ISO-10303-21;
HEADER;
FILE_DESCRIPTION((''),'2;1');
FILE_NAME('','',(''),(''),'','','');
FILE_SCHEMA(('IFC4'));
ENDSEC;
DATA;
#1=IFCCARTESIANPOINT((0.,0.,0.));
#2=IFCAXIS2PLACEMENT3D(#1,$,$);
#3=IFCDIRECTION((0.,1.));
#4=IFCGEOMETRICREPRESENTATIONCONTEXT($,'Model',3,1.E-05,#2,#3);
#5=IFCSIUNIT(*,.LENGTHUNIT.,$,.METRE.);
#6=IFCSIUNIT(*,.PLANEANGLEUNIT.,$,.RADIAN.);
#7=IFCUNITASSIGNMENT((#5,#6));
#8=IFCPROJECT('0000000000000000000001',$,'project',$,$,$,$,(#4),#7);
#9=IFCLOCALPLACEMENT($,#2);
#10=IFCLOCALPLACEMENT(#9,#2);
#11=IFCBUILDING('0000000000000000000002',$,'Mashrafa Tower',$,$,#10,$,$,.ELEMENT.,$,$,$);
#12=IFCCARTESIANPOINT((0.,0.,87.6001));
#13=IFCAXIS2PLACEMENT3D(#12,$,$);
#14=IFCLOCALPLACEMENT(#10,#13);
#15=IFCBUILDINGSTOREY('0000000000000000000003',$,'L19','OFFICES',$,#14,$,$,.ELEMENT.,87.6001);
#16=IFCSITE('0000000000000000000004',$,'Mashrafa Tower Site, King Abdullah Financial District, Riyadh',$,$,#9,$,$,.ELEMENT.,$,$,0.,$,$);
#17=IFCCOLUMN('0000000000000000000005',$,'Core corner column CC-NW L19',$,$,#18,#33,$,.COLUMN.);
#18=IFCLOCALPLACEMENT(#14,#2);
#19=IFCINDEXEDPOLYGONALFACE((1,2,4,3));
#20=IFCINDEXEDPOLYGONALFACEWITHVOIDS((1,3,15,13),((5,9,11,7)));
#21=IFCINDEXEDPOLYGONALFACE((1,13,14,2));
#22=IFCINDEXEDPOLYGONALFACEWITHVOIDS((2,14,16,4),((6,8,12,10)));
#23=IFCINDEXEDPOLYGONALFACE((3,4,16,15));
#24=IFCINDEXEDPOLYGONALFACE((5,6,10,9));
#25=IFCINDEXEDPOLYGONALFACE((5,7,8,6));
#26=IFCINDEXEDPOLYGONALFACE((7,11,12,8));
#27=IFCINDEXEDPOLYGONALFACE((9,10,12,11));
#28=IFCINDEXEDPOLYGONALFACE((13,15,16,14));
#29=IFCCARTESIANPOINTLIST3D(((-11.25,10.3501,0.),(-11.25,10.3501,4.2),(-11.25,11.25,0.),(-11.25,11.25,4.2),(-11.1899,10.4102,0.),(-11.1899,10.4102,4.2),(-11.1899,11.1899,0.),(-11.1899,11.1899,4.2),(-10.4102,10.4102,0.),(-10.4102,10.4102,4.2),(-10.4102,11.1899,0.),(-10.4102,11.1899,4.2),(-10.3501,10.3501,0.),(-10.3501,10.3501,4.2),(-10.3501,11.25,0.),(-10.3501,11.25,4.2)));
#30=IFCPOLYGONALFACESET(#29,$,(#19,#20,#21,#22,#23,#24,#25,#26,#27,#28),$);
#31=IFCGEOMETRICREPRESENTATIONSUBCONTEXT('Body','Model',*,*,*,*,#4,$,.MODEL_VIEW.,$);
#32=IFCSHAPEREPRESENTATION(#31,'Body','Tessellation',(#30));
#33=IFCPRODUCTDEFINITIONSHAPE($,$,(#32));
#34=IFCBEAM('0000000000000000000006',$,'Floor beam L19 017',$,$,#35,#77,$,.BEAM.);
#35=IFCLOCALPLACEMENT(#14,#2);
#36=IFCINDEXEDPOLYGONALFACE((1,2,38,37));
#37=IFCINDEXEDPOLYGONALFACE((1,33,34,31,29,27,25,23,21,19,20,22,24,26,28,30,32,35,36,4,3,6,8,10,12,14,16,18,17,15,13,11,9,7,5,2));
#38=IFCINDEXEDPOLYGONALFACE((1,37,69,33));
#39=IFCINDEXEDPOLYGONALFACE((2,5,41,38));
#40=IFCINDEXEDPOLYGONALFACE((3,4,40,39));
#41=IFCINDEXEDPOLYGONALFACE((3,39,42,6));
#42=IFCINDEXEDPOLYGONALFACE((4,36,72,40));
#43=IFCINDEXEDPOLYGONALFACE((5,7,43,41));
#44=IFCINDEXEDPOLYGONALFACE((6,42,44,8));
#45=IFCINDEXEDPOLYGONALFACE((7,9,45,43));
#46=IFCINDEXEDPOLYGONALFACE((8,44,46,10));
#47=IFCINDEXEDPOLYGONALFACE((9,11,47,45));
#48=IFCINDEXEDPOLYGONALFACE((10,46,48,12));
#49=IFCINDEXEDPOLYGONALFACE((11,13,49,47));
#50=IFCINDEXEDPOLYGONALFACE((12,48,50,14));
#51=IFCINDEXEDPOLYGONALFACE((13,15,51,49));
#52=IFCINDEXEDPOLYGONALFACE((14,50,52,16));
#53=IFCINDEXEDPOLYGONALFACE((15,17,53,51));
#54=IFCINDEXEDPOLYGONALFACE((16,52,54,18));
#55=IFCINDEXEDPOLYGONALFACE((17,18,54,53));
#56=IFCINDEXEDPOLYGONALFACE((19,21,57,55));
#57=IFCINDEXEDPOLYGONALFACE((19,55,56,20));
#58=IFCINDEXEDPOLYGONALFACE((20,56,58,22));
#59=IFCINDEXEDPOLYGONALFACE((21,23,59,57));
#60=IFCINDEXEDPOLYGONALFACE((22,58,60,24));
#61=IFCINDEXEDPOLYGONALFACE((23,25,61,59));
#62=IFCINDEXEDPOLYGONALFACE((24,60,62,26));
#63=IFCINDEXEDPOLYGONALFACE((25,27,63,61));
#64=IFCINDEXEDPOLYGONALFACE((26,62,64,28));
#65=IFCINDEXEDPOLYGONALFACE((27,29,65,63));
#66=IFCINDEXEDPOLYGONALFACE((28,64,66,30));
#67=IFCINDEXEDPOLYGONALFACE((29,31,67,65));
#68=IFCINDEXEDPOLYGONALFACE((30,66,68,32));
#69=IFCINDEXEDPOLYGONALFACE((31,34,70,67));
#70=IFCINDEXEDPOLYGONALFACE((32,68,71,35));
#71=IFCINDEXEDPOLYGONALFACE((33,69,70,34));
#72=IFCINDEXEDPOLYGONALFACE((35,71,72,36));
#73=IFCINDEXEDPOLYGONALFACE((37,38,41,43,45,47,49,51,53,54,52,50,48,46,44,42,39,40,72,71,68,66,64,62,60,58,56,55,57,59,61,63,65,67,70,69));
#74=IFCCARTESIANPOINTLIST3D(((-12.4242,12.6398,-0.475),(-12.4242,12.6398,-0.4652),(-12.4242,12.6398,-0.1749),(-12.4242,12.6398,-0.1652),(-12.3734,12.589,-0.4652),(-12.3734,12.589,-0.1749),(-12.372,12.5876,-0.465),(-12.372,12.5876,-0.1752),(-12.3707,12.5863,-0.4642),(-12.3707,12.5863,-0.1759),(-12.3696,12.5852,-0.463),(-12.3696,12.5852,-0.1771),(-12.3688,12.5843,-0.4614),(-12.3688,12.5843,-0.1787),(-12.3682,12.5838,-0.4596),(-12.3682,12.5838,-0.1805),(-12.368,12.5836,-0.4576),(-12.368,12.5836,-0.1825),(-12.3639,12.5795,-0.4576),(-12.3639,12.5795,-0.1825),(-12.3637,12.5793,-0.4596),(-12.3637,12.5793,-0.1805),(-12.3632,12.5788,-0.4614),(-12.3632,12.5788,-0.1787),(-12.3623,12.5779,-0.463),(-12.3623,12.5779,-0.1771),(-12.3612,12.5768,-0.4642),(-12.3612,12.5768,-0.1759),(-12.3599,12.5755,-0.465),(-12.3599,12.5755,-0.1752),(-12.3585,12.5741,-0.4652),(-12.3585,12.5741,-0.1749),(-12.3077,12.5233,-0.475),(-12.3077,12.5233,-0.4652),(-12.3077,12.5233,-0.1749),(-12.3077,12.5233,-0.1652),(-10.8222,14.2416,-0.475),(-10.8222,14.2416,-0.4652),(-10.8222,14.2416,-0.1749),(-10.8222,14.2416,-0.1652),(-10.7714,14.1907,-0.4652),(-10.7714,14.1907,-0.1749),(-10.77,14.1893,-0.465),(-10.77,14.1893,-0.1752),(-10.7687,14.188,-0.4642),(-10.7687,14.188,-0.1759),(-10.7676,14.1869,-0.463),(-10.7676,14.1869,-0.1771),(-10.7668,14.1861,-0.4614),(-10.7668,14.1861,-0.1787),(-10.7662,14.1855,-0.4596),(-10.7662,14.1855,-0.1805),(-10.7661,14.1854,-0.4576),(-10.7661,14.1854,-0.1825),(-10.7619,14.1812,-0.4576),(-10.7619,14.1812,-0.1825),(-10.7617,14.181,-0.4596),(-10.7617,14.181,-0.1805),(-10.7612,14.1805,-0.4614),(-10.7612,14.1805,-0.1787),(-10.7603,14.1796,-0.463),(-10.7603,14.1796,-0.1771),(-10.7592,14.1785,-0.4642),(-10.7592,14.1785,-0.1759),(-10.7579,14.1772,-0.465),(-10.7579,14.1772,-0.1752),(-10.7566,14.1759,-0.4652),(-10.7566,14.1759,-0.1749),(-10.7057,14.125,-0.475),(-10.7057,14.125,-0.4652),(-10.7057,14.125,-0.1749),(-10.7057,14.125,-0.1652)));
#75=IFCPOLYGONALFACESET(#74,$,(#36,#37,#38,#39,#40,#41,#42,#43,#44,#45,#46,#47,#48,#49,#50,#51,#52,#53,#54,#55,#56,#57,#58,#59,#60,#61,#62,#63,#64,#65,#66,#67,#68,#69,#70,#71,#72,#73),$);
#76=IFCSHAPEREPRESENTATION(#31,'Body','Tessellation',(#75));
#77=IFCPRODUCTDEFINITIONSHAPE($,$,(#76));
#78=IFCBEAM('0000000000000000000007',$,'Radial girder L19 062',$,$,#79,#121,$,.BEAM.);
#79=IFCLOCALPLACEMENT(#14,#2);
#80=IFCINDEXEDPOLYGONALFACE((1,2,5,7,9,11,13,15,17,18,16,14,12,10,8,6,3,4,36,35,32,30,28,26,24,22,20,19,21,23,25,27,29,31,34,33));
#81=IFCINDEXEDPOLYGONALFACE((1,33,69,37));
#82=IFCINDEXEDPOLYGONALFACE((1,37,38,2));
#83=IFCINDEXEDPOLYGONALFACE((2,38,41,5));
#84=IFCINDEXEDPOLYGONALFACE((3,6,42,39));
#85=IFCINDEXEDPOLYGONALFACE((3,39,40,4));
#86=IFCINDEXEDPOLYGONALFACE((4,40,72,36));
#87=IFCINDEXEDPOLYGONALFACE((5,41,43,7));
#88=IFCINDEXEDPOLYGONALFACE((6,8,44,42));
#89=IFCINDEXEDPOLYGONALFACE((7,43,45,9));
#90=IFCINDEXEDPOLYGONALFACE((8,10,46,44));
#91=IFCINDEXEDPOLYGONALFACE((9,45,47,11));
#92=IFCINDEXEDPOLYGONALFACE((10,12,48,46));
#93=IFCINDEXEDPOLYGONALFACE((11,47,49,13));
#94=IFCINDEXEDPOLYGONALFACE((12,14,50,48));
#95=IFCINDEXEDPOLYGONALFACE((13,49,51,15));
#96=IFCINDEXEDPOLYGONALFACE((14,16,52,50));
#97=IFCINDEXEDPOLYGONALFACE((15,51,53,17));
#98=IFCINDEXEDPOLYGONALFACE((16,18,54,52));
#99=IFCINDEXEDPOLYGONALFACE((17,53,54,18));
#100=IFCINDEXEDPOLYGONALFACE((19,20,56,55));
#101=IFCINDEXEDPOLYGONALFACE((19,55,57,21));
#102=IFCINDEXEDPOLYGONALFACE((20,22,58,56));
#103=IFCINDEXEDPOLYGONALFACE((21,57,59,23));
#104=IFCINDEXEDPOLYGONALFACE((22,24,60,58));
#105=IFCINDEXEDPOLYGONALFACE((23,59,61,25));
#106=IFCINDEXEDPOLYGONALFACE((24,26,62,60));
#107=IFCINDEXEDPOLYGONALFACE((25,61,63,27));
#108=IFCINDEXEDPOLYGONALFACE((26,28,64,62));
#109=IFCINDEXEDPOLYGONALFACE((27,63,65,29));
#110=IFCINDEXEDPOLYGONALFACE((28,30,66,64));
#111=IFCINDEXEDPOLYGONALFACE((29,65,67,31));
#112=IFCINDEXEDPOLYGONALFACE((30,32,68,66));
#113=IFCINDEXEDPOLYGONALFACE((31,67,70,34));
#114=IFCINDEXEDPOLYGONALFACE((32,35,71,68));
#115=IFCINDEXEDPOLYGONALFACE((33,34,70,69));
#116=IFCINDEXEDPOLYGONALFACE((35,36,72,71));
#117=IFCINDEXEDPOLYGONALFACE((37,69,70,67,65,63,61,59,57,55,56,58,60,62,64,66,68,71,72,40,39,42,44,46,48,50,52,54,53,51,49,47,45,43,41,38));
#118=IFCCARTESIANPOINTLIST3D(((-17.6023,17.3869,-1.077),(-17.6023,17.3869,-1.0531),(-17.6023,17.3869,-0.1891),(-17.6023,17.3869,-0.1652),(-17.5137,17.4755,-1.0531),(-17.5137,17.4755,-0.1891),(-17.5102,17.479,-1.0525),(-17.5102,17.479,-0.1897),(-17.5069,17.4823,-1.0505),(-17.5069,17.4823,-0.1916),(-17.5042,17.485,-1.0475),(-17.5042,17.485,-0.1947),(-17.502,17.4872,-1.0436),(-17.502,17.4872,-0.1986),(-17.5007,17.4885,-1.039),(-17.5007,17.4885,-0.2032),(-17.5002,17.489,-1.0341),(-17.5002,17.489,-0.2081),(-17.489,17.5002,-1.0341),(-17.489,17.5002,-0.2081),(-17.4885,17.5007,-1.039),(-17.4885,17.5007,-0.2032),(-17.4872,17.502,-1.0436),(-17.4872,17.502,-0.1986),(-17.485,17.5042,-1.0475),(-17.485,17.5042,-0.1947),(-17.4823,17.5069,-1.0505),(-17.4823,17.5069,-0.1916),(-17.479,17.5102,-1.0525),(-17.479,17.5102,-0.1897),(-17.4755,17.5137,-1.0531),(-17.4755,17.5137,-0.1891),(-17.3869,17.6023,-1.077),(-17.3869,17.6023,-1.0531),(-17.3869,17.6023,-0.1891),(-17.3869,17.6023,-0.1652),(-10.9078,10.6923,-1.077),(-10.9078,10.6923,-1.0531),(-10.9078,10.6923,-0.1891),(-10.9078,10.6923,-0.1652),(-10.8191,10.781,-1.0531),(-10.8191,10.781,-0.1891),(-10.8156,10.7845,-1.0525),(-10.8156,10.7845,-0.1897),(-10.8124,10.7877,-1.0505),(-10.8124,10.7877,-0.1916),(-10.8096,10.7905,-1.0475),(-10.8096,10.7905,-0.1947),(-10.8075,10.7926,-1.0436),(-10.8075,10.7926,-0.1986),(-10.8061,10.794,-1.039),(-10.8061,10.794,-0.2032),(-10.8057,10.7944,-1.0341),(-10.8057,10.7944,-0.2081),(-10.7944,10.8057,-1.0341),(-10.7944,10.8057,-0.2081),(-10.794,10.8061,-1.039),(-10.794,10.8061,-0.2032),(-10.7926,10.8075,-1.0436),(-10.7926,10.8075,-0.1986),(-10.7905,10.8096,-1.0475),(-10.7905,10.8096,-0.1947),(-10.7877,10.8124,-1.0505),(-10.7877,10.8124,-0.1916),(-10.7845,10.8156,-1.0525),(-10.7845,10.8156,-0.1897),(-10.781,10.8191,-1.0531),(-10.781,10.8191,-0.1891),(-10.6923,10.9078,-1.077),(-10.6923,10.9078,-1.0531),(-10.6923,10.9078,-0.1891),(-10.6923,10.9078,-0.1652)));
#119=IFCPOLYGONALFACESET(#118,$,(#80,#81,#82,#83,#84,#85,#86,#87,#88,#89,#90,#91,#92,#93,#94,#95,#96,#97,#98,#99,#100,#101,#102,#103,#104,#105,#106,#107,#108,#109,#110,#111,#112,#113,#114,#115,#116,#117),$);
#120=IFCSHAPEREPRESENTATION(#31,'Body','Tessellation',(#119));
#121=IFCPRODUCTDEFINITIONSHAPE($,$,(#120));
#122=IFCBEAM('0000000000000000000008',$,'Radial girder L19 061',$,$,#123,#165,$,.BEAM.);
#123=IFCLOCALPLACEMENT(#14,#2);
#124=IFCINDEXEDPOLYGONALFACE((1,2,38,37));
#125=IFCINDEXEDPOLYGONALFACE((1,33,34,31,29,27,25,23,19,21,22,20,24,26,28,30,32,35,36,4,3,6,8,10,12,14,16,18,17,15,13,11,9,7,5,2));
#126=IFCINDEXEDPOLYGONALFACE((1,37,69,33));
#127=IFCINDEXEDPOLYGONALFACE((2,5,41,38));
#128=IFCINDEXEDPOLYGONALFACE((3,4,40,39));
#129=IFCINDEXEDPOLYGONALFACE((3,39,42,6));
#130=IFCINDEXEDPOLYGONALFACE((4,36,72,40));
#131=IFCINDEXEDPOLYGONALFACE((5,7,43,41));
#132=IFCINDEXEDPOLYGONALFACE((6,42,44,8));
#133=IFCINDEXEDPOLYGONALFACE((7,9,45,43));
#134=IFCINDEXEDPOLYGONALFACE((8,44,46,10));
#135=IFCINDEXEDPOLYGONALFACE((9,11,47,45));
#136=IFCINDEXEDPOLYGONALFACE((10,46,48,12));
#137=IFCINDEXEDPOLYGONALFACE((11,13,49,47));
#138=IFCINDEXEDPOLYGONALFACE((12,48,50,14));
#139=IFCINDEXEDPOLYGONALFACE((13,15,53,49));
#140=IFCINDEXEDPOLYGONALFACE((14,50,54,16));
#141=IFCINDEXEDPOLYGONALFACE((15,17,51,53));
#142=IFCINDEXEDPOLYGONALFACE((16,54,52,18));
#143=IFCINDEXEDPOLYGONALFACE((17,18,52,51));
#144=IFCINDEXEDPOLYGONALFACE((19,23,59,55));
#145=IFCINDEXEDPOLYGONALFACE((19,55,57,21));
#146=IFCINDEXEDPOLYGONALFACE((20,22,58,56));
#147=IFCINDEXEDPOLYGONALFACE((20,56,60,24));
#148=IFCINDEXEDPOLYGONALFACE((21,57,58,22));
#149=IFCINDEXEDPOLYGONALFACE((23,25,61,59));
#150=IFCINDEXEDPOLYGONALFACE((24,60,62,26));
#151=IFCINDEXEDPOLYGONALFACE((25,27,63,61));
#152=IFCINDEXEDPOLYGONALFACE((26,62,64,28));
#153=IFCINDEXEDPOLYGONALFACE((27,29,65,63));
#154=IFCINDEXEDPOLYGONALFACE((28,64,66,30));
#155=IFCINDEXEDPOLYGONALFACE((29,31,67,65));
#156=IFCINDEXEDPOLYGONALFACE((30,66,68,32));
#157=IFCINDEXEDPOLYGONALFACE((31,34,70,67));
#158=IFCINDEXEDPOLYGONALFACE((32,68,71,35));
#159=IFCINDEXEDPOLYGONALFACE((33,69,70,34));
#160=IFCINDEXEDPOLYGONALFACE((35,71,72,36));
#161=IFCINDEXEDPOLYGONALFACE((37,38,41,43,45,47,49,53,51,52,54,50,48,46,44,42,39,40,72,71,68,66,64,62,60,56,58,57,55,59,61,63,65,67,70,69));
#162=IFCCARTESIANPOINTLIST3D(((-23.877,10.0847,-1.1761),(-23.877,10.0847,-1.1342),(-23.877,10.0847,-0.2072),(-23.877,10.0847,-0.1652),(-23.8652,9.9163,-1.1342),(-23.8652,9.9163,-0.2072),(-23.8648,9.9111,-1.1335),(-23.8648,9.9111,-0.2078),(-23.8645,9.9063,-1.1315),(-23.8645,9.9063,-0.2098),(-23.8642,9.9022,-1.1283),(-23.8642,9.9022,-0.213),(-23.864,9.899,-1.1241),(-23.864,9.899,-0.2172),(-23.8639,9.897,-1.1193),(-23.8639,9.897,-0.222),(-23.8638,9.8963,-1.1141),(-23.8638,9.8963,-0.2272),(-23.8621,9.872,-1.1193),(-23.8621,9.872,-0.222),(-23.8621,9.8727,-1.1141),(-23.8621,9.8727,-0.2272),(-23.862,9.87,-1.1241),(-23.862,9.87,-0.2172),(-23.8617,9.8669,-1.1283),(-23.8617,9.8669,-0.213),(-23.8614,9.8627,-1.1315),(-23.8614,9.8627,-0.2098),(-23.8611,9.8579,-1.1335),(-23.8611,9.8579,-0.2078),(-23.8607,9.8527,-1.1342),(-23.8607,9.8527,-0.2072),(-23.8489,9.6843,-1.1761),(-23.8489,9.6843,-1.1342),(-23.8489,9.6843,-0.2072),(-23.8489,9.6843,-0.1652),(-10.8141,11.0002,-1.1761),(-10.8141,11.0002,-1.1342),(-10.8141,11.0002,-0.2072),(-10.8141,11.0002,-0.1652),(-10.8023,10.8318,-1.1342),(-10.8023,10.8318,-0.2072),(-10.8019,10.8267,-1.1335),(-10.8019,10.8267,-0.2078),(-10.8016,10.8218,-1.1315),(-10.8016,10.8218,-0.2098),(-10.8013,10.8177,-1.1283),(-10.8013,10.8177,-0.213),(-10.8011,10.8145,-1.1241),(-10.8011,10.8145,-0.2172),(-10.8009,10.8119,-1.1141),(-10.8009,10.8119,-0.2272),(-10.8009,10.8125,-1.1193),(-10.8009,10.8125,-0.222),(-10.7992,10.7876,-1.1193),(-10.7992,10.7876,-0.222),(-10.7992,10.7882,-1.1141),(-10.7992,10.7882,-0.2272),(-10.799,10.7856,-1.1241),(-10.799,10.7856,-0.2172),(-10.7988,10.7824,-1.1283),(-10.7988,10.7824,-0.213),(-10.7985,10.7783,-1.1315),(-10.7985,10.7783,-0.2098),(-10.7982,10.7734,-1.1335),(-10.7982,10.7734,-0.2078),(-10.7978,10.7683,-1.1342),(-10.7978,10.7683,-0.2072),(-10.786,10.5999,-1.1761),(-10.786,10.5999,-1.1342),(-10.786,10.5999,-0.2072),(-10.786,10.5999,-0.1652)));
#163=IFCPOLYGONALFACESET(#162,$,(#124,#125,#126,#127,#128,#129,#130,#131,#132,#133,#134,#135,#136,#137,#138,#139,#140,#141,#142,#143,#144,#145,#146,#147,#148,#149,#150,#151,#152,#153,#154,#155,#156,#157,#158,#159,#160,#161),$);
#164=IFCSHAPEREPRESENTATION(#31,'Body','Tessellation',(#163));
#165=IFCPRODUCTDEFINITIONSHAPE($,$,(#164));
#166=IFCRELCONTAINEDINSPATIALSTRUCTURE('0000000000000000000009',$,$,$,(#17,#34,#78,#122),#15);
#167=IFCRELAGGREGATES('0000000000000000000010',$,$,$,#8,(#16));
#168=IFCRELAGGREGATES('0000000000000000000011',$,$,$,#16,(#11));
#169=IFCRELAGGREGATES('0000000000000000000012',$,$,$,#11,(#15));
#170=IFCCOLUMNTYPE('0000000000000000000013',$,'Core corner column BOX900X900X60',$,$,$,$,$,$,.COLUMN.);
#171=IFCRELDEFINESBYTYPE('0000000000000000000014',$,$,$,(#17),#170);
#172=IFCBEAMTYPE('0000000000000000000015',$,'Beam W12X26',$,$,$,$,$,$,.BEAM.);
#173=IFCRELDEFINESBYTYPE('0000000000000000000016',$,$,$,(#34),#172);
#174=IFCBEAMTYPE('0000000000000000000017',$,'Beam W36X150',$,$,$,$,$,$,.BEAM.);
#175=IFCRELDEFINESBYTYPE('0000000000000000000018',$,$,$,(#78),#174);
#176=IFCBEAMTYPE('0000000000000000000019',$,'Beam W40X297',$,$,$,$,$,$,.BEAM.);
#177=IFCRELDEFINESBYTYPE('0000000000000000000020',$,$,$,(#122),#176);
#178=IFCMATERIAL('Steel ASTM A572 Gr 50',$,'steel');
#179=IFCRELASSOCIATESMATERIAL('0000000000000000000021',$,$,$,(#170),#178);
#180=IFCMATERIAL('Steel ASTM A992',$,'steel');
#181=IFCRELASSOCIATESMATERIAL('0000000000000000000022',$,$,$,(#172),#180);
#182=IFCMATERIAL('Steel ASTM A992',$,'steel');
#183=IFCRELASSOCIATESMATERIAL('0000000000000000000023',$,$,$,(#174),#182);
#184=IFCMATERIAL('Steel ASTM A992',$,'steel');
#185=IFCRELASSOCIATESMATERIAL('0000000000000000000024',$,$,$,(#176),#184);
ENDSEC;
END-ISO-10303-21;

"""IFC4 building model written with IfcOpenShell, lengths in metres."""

from ifc_helpers import new_model, si_unit, direction, frame, origin, origin_2d, place, context, subcontext, project, spatial, hollow_rectangle, i_section, extrude, material, material_profile, profile_set, type_object, element, save


model = new_model("IFC4")

# Units and contexts
model_context = context("Model", 3, precision=1e-05, world=origin(), true_north=direction((0.0, 1.0)))
body_context = subcontext(model_context, "Body", "Model", "MODEL_VIEW")
ifc_project = project(units=[si_unit("LENGTHUNIT", "METRE"), si_unit("PLANEANGLEUNIT", "RADIAN")], contexts=[model_context])

# Site, building, storey
site_placement = place(None, origin())
site = spatial("IfcSite", under=ifc_project, at=site_placement, Name="Mashrafa Tower Site, King Abdullah Financial District, Riyadh", CompositionType="ELEMENT", RefElevation=0.0)
building_placement = place(site_placement, origin())
building = spatial("IfcBuilding", under=site, at=building_placement, Name="Mashrafa Tower", CompositionType="ELEMENT")
storey_placement = place(building_placement, frame((0.0, 0.0, 87.6001)))
storey = spatial("IfcBuildingStorey", under=building, at=storey_placement, Name="L19", Description="OFFICES", CompositionType="ELEMENT", Elevation=87.6001)

# Column
ifc_material_1 = material(Name="Steel ASTM A572 Gr 50", Category="steel")
ifc_material_profile_1 = material_profile(ifc_material_1, hollow_rectangle(XDim=0.8999, YDim=0.8999, WallThickness=0.0601, at=origin_2d()), Name="BOX900X900X60")
ifc_profile_set_1 = profile_set([ifc_material_profile_1], Name="Steel ASTM A572 Gr 50")
column_type = type_object("IfcColumnType", Name="Core corner column BOX900X900X60", PredefinedType="COLUMN", material=ifc_profile_set_1)
column_placement = place(storey_placement, frame((-10.8, 10.8, 0.0), z_axis=(0.0, 0.0, 1.0), x_axis=(1.0, 0.0, 0.0)))
element("IfcColumn", 1, at=column_placement, inside=storey, type_object=column_type, Name="Core corner column CC-NW L19", PredefinedType="COLUMN", context=body_context, shape_type="SweptSolid", body=[
    extrude(hollow_rectangle(XDim=0.8999, YDim=0.8999, WallThickness=0.0601, at=origin_2d()), origin(), (0.0, 0.0, 1.0), 4.2),
])

# Beams
ifc_material_2 = material(Name="Steel ASTM A992", Category="steel")
ifc_material_profile_2 = material_profile(ifc_material_2, i_section(OverallWidth=0.1648, OverallDepth=0.3098, WebThickness=0.0059, FlangeThickness=0.0098, FilletRadius=0.0076, at=origin_2d()), Name="W12X26")
ifc_profile_set_2 = profile_set([ifc_material_profile_2], Name="Steel ASTM A992")
beam_type_1 = type_object("IfcBeamType", Name="Beam W12X26", PredefinedType="BEAM", material=ifc_profile_set_2)
beam_1_placement = place(storey_placement, frame((-12.366, 12.5815, -0.3201), z_axis=(0.707161, 0.707053, 0.0), x_axis=(-0.707053, 0.707161, 0.0)))
element("IfcBeam", 2, at=beam_1_placement, inside=storey, type_object=beam_type_1, Name="Floor beam L19 017", PredefinedType="BEAM", context=body_context, shape_type="SweptSolid", body=[
    extrude(i_section(OverallWidth=0.1648, OverallDepth=0.3098, WebThickness=0.0059, FlangeThickness=0.0098, FilletRadius=0.0076, at=origin_2d()), origin(), (0.0, 0.0, 1.0), 2.2654),
])
ifc_material_3 = material(Name="Steel ASTM A992", Category="steel")
ifc_material_profile_3 = material_profile(ifc_material_3, i_section(OverallWidth=0.3047, OverallDepth=0.9119, WebThickness=0.0159, FlangeThickness=0.0239, FilletRadius=0.019, at=origin_2d()), Name="W36X150")
ifc_profile_set_3 = profile_set([ifc_material_profile_3], Name="Steel ASTM A992")
beam_type_2 = type_object("IfcBeamType", Name="Beam W36X150", PredefinedType="BEAM", material=ifc_profile_set_3)
beam_2_placement = place(storey_placement, frame((-10.8, 10.8, -0.6211), z_axis=(-0.707107, 0.707107, 0.0), x_axis=(-0.707107, -0.707107, 0.0)))
element("IfcBeam", 3, at=beam_2_placement, inside=storey, type_object=beam_type_2, Name="Radial girder L19 062", PredefinedType="BEAM", context=body_context, shape_type="SweptSolid", body=[
    extrude(i_section(OverallWidth=0.3047, OverallDepth=0.9119, WebThickness=0.0159, FlangeThickness=0.0239, FilletRadius=0.019, at=origin_2d()), origin(), (0.0, 0.0, 1.0), 9.4675),
])
ifc_material_4 = material(Name="Steel ASTM A992", Category="steel")
ifc_material_profile_4 = material_profile(ifc_material_4, i_section(OverallWidth=0.4014, OverallDepth=1.011, WebThickness=0.0237, FlangeThickness=0.042, FilletRadius=0.02, at=origin_2d()), Name="W40X297")
ifc_profile_set_4 = profile_set([ifc_material_profile_4], Name="Steel ASTM A992")
beam_type_3 = type_object("IfcBeamType", Name="Beam W40X297", PredefinedType="BEAM", material=ifc_profile_set_4)
for number, where, z_axis, x_axis, name in (
    (4, (-10.8, 10.8, -0.6707), (-0.997553, -0.069914, 0.0), (0.069914, -0.997553, 0.0), "Radial girder L19 061"),
):
    element("IfcBeam", number, at=place(storey_placement, frame(where, z_axis=z_axis, x_axis=x_axis)), inside=storey, type_object=beam_type_3, Name=name, PredefinedType="BEAM", context=body_context, shape_type="SweptSolid", body=[
        extrude(i_section(OverallWidth=0.4014, OverallDepth=1.011, WebThickness=0.0237, FlangeThickness=0.042, FilletRadius=0.02, at=origin_2d()), origin(), (0.0, 0.0, 1.0), 13.095),
    ])

save(model, "model.ifc")
